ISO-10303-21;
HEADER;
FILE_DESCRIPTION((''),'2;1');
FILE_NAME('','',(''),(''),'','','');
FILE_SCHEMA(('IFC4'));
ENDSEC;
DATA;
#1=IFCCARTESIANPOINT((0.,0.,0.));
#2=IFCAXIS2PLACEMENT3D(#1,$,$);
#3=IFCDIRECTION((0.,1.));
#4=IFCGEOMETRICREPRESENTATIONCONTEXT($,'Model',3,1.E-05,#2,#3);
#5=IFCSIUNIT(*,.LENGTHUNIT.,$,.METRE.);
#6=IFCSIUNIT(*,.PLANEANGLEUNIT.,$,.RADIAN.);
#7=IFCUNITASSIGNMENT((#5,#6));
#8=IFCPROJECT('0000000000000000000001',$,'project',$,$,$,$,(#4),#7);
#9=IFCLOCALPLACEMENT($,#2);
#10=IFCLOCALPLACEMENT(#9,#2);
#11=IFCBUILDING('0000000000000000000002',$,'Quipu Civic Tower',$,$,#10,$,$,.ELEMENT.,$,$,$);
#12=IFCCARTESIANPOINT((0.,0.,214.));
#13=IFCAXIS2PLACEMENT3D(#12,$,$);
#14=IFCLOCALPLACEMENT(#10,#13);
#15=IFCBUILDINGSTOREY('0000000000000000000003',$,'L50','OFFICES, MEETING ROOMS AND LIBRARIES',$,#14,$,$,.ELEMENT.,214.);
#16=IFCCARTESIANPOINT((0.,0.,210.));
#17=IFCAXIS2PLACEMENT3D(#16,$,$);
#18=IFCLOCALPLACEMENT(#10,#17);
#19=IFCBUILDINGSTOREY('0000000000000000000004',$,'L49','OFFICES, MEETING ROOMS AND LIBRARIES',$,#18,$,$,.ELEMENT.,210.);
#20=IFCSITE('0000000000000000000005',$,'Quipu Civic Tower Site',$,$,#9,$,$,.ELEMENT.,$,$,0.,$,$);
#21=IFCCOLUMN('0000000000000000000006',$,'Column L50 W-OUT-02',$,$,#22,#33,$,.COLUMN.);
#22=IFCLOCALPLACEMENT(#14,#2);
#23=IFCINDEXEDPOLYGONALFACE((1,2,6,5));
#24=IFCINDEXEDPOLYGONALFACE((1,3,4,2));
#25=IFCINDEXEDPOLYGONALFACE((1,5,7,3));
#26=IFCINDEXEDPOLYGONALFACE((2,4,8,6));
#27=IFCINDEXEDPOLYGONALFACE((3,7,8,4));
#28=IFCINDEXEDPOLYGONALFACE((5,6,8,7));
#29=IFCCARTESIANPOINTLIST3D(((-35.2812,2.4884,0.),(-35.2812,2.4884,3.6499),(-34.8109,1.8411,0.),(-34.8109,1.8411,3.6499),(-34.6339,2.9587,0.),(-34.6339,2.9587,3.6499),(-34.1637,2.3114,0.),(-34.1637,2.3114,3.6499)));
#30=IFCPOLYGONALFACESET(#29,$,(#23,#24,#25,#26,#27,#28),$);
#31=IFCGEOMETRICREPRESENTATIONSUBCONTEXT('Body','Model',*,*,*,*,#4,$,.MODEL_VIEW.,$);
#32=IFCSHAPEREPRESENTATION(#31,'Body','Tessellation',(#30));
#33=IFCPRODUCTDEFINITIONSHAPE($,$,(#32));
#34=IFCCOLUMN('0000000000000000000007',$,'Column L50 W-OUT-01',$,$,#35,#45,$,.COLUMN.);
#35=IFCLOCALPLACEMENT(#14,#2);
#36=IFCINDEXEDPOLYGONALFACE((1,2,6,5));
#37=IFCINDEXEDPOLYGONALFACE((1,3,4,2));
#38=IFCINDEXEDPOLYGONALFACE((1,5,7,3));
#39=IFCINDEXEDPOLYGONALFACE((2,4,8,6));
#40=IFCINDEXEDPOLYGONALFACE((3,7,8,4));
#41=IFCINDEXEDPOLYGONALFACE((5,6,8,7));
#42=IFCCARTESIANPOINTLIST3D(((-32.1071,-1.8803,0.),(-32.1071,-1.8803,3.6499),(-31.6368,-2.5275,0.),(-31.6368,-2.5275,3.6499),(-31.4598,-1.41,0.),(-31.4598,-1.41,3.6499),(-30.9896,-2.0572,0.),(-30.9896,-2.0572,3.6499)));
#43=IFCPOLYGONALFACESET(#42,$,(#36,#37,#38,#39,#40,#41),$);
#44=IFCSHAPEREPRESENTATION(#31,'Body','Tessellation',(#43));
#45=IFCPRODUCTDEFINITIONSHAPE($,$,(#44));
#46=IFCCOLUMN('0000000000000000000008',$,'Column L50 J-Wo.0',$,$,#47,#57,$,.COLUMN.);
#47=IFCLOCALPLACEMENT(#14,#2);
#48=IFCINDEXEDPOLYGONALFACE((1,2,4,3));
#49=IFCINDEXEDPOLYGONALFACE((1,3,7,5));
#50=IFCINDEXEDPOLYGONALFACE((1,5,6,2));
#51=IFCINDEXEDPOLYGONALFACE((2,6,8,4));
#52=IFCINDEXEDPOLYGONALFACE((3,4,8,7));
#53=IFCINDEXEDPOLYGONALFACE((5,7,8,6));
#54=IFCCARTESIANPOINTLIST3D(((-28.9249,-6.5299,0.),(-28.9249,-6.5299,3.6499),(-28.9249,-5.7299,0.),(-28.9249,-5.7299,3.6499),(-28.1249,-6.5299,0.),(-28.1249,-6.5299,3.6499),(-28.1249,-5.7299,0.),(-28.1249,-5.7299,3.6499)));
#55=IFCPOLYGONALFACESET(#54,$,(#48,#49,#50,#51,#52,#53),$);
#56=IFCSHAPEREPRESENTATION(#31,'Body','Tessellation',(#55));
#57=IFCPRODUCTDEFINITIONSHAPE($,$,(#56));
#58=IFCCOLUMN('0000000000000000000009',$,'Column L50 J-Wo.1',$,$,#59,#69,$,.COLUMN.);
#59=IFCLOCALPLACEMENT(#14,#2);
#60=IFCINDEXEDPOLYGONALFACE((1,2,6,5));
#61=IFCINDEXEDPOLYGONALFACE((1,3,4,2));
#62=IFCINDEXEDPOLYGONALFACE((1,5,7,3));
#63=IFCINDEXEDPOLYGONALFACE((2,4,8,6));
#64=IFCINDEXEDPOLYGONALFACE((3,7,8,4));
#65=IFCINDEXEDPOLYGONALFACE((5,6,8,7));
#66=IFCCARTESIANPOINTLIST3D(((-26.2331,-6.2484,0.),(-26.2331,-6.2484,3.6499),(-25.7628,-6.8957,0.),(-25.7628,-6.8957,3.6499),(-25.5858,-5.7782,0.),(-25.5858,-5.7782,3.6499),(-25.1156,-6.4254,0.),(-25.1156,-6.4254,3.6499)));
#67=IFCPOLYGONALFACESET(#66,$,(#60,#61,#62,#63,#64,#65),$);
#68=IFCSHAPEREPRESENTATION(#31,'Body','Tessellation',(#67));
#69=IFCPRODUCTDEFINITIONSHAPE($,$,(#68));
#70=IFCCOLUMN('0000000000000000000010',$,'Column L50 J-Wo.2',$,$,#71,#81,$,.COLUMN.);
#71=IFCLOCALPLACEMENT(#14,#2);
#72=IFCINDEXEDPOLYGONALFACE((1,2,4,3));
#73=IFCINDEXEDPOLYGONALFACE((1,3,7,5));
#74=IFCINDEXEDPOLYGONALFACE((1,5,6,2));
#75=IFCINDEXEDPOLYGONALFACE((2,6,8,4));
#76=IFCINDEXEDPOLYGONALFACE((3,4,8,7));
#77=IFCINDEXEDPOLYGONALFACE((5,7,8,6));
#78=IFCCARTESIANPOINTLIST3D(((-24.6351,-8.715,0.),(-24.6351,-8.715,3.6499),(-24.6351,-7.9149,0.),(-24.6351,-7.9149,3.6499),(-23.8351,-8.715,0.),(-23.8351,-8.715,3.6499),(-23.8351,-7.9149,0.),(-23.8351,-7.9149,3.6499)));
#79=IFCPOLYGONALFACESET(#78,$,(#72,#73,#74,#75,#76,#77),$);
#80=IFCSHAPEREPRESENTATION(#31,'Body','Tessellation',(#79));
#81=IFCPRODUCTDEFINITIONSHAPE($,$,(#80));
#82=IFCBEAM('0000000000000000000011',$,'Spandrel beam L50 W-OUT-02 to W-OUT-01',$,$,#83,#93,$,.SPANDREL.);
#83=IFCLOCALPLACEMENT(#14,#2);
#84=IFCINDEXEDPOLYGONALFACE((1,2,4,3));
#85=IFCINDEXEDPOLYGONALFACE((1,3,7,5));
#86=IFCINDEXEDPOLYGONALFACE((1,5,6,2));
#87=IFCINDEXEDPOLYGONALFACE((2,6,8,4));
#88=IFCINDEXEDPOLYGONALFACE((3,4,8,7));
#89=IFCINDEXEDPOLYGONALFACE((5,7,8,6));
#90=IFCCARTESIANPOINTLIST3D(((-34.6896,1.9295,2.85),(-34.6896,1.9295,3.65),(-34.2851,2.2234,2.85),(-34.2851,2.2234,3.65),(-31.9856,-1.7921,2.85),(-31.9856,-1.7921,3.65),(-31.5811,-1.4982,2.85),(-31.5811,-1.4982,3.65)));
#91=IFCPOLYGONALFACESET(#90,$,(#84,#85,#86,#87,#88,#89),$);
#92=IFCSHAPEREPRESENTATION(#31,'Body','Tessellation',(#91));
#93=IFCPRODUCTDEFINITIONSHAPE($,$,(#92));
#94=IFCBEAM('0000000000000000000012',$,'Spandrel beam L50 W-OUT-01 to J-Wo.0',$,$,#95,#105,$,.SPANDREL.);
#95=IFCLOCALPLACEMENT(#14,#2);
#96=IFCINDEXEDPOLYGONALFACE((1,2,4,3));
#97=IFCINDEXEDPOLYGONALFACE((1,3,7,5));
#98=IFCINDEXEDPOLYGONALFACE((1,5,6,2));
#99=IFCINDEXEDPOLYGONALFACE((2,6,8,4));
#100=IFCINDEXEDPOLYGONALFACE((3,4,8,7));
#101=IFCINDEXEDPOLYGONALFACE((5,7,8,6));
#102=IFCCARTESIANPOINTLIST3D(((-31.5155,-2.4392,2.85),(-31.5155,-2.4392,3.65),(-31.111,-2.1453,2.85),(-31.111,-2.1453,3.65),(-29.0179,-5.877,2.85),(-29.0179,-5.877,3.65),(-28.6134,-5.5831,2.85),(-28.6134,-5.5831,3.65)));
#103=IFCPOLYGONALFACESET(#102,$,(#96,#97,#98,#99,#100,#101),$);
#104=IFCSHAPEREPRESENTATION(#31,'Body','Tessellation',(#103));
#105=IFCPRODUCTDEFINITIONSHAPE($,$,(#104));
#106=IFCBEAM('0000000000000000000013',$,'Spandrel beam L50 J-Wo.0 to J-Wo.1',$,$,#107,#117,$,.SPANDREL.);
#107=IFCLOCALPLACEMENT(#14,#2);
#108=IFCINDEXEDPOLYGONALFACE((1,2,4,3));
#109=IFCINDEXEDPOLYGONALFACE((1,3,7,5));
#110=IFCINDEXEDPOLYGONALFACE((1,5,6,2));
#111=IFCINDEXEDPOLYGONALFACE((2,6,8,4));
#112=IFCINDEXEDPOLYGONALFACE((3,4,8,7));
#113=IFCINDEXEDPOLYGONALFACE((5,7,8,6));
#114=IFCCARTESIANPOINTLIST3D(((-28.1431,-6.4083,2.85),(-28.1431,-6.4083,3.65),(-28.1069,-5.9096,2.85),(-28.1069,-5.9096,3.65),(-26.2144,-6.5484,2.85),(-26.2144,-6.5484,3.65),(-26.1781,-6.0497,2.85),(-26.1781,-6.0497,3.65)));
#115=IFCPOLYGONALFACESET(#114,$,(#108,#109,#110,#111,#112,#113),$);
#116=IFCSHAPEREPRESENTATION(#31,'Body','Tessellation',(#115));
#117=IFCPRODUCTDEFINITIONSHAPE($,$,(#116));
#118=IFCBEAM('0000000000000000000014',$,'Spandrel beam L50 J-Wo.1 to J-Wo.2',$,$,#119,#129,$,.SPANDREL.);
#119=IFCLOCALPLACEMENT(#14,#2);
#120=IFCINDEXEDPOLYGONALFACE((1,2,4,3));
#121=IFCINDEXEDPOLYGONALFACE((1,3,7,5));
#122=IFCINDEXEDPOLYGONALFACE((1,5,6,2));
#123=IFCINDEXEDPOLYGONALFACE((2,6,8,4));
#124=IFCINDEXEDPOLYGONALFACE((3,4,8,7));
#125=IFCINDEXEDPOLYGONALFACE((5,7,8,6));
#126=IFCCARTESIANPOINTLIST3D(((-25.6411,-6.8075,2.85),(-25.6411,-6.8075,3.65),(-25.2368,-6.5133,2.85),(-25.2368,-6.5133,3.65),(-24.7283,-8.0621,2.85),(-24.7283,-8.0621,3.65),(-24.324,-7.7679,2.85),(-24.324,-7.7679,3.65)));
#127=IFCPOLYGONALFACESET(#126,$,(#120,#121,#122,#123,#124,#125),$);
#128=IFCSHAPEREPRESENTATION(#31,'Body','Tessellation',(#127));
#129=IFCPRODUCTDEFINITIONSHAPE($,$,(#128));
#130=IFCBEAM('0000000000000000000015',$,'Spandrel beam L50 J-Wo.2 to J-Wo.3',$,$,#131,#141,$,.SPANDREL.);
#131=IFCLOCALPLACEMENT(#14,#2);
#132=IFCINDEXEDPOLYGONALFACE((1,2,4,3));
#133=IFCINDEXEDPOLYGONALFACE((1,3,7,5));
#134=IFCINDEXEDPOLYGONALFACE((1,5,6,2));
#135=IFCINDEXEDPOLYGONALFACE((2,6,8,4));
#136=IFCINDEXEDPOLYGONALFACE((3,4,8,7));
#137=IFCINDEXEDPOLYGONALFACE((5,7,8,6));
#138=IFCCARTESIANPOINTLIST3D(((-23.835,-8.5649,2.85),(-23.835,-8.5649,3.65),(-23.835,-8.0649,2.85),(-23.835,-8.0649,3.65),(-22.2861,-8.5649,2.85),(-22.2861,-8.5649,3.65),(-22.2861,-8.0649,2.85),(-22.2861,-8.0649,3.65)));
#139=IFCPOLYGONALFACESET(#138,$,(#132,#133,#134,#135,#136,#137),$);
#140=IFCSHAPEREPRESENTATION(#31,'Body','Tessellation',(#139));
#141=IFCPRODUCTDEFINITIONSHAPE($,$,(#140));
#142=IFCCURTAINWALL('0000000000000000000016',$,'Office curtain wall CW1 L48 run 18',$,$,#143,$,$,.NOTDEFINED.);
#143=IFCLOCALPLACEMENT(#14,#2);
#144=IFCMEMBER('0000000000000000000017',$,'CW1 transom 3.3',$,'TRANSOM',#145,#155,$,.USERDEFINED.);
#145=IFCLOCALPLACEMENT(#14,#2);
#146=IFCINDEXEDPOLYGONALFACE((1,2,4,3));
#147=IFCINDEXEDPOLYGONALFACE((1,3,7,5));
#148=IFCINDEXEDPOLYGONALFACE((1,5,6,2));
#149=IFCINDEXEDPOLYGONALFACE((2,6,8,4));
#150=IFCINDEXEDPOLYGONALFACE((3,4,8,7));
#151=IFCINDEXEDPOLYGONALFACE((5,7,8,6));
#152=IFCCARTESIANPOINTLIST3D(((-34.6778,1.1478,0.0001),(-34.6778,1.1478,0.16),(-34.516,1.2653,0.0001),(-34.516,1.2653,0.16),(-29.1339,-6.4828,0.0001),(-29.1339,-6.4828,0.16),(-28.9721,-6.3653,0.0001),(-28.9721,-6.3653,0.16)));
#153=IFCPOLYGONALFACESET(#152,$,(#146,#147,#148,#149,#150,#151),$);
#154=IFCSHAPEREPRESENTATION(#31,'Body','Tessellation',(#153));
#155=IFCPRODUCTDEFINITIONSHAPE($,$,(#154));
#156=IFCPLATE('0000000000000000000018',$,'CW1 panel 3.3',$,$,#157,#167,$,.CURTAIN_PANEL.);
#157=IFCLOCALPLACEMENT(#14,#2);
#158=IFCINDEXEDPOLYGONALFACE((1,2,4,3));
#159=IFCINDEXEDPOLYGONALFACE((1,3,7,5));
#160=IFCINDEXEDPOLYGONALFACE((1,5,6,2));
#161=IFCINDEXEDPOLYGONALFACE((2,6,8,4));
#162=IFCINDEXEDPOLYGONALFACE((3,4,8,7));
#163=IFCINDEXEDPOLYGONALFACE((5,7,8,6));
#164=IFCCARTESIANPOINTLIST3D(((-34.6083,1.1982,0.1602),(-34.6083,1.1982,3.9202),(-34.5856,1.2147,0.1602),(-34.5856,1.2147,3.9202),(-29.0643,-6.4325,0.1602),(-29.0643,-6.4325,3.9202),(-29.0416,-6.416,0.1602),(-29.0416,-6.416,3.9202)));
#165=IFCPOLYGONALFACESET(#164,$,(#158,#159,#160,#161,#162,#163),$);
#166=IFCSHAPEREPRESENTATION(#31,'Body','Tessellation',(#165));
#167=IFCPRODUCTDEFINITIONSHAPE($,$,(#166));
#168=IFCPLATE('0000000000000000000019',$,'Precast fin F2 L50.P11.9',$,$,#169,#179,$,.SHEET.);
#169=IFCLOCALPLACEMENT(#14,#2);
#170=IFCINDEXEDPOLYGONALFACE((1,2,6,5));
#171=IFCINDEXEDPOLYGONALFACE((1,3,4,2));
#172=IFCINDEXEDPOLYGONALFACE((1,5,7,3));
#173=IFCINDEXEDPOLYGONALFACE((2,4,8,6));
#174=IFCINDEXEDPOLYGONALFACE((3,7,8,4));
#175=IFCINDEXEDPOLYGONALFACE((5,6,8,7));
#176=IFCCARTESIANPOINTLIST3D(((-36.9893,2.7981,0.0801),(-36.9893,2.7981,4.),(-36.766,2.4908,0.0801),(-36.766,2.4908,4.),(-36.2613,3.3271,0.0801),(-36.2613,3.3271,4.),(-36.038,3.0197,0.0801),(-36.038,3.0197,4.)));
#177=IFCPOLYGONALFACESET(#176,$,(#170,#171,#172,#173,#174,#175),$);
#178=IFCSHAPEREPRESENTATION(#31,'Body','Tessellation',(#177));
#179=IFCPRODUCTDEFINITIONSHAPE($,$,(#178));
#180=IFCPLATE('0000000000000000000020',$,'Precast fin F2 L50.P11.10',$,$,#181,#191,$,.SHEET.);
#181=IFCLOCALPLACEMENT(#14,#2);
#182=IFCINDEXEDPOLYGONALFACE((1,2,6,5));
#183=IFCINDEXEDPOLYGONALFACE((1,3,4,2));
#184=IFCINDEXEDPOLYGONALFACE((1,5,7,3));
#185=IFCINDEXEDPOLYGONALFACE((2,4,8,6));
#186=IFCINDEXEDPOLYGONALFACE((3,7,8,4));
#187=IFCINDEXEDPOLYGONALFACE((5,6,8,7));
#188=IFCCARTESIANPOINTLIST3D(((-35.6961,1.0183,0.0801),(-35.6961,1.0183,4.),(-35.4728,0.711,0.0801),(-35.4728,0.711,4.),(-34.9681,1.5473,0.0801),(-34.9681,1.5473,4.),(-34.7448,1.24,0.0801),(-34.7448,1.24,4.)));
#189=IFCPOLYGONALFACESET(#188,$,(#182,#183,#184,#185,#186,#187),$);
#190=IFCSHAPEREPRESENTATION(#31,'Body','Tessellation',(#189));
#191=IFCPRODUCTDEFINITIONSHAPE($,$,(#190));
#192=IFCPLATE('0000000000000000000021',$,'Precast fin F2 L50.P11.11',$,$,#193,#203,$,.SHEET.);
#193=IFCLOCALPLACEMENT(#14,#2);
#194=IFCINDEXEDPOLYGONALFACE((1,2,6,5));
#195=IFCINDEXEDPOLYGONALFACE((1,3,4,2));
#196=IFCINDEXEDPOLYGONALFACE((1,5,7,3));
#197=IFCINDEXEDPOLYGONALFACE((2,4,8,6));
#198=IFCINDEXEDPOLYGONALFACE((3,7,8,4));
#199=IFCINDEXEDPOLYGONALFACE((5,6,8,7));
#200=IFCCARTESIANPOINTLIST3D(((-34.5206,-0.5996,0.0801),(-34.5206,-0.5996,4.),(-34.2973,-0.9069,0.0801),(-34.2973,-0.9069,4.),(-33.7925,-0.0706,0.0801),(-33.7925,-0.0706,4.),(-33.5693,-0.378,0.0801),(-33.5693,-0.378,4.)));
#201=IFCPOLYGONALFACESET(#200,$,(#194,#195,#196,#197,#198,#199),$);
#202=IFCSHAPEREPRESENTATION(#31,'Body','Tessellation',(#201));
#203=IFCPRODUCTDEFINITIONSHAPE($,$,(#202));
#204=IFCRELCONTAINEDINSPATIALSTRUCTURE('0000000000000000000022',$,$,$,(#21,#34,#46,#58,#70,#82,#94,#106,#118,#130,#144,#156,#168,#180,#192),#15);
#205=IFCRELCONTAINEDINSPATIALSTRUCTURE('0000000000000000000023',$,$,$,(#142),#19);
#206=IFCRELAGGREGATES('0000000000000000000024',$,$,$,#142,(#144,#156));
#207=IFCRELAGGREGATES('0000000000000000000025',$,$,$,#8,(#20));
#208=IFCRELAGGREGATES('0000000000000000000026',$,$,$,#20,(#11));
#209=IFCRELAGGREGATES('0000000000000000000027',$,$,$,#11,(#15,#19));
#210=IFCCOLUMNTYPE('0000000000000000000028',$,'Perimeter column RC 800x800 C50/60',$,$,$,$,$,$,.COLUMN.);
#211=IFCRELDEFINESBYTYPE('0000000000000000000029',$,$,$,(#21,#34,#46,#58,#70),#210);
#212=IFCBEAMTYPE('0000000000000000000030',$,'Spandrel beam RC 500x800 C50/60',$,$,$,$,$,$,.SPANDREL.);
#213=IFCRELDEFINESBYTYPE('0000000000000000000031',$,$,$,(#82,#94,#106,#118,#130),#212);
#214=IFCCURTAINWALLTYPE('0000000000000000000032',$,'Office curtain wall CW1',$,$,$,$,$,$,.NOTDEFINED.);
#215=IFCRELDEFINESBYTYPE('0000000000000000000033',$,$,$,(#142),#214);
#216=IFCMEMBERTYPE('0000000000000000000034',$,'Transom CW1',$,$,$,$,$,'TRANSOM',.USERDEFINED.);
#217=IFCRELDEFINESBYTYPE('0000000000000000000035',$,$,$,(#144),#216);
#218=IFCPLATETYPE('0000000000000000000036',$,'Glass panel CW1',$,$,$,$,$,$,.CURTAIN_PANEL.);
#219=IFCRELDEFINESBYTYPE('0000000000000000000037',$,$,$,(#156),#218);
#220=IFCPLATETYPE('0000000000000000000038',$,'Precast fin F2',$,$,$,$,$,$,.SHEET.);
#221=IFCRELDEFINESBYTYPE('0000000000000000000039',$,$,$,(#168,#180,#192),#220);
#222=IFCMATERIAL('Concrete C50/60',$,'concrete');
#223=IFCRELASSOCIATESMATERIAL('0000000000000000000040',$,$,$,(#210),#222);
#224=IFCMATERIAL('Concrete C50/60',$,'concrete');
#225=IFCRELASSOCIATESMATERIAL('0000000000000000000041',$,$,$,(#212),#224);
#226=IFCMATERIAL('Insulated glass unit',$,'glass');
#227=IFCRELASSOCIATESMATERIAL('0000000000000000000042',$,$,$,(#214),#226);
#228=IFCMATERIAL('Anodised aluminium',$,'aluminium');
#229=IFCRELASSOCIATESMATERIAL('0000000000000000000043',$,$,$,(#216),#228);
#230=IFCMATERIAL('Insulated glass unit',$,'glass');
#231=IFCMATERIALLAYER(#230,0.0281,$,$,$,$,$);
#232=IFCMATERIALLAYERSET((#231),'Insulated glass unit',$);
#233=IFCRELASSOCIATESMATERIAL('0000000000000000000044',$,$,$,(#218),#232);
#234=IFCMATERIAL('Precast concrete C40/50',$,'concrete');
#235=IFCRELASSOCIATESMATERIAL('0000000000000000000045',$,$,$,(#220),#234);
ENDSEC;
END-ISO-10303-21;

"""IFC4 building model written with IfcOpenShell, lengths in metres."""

from ifc_helpers import new_model, si_unit, direction, frame, origin, origin_2d, place, context, subcontext, project, spatial, rectangle, extrude, material, layer, layer_set, material_profile, profile_set, type_object, element, aggregate, save


model = new_model("IFC4")

# Units and contexts
model_context = context("Model", 3, precision=1e-05, world=origin(), true_north=direction((0.0, 1.0)))
body_context = subcontext(model_context, "Body", "Model", "MODEL_VIEW")
ifc_project = project(units=[si_unit("LENGTHUNIT", "METRE"), si_unit("PLANEANGLEUNIT", "RADIAN")], contexts=[model_context])

# Site, building, storey
site_placement = place(None, origin())
site = spatial("IfcSite", under=ifc_project, at=site_placement, Name="Quipu Civic Tower Site", CompositionType="ELEMENT", RefElevation=0.0)
building_placement = place(site_placement, origin())
building = spatial("IfcBuilding", under=site, at=building_placement, Name="Quipu Civic Tower", CompositionType="ELEMENT")
storey_1_placement = place(building_placement, frame((0.0, 0.0, 214.0)))
storey_1 = spatial("IfcBuildingStorey", under=building, at=storey_1_placement, Name="L50", Description="OFFICES, MEETING ROOMS AND LIBRARIES", CompositionType="ELEMENT", Elevation=214.0)

# Columns
ifc_material_1 = material(Name="Concrete C50/60", Category="concrete")
ifc_material_profile_1 = material_profile(ifc_material_1, rectangle(XDim=0.8, YDim=0.8, at=origin_2d()), Name="RC800x800")
ifc_profile_set_1 = profile_set([ifc_material_profile_1], Name="Concrete C50/60")
column_type = type_object("IfcColumnType", Name="Perimeter column RC 800x800 C50/60", PredefinedType="COLUMN", material=ifc_profile_set_1)
for number, where, z_axis, x_axis, name in (
    (1, (-34.7224, 2.3999, 0.0), (0.0, 0.0, 1.0), (0.587785, -0.809017, 0.0), "Column L50 W-OUT-02"),
    (2, (-31.5483, -1.9688, 0.0), (0.0, 0.0, 1.0), (0.587785, -0.809017, 0.0), "Column L50 W-OUT-01"),
    (3, (-28.5249, -6.1299, 0.0), (0.0, 0.0, 1.0), (1.0, 0.0, 0.0), "Column L50 J-Wo.0"),
    (4, (-25.6743, -6.3369, 0.0), (0.0, 0.0, 1.0), (0.587785, -0.809017, 0.0), "Column L50 J-Wo.1"),
    (5, (-24.2351, -8.3149, 0.0), (0.0, 0.0, 1.0), (1.0, 0.0, 0.0), "Column L50 J-Wo.2"),
):
    element("IfcColumn", number, at=place(storey_1_placement, frame(where, z_axis=z_axis, x_axis=x_axis)), inside=storey_1, type_object=column_type, Name=name, PredefinedType="COLUMN", context=body_context, shape_type="SweptSolid", body=[
        extrude(rectangle(XDim=0.8, YDim=0.8, at=origin_2d()), origin(), (0.0, 0.0, 1.0), 3.6499),
    ])

# Beams
ifc_material_2 = material(Name="Concrete C50/60", Category="concrete")
ifc_material_profile_2 = material_profile(ifc_material_2, rectangle(XDim=0.5, YDim=0.8, at=origin_2d()), Name="RC500x800")
ifc_profile_set_2 = profile_set([ifc_material_profile_2], Name="Concrete C50/60")
beam_type = type_object("IfcBeamType", Name="Spandrel beam RC 500x800 C50/60", PredefinedType="SPANDREL", material=ifc_profile_set_2)
beam_1_placement = place(storey_1_placement, frame((-34.4873, 2.0764, 3.25), z_axis=(0.587796, -0.809009, 0.0), x_axis=(0.809009, 0.587796, 0.0)))
element("IfcBeam", 6, at=beam_1_placement, inside=storey_1, type_object=beam_type, Name="Spandrel beam L50 W-OUT-02 to W-OUT-01", PredefinedType="SPANDREL", context=body_context, shape_type="SweptSolid", body=[
    extrude(rectangle(XDim=0.5, YDim=0.8, at=origin_2d()), origin(), (0.0, 0.0, 1.0), 4.6001),
])
beam_2_placement = place(storey_1_placement, frame((-31.3132, -2.2922, 3.25), z_axis=(0.587769, -0.809029, 0.0), x_axis=(0.809029, 0.587769, 0.0)))
element("IfcBeam", 7, at=beam_2_placement, inside=storey_1, type_object=beam_type, Name="Spandrel beam L50 W-OUT-01 to J-Wo.0", PredefinedType="SPANDREL", context=body_context, shape_type="SweptSolid", body=[
    extrude(rectangle(XDim=0.5, YDim=0.8, at=origin_2d()), origin(), (0.0, 0.0, 1.0), 4.2493),
])
beam_3_placement = place(storey_1_placement, frame((-28.125, -6.1589, 3.25), z_axis=(0.997371, -0.072467, 0.0), x_axis=(0.072467, 0.997371, 0.0)))
element("IfcBeam", 8, at=beam_3_placement, inside=storey_1, type_object=beam_type, Name="Spandrel beam L50 J-Wo.0 to J-Wo.1", PredefinedType="SPANDREL", context=body_context, shape_type="SweptSolid", body=[
    extrude(rectangle(XDim=0.5, YDim=0.8, at=origin_2d()), origin(), (0.0, 0.0, 1.0), 1.9338),
])
beam_4_placement = place(storey_1_placement, frame((-25.439, -6.6604, 3.25), z_axis=(0.588331, -0.80862, 0.0), x_axis=(0.80862, 0.588331, 0.0)))
element("IfcBeam", 9, at=beam_4_placement, inside=storey_1, type_object=beam_type, Name="Spandrel beam L50 J-Wo.1 to J-Wo.2", PredefinedType="SPANDREL", context=body_context, shape_type="SweptSolid", body=[
    extrude(rectangle(XDim=0.5, YDim=0.8, at=origin_2d()), origin(), (0.0, 0.0, 1.0), 1.5515),
])
beam_5_placement = place(storey_1_placement, frame((-23.835, -8.3149, 3.25), z_axis=(1.0, 0.0, 0.0), x_axis=(0.0, 1.0, 0.0)))
element("IfcBeam", 10, at=beam_5_placement, inside=storey_1, type_object=beam_type, Name="Spandrel beam L50 J-Wo.2 to J-Wo.3", PredefinedType="SPANDREL", context=body_context, shape_type="SweptSolid", body=[
    extrude(rectangle(XDim=0.5, YDim=0.8, at=origin_2d()), origin(), (0.0, 0.0, 1.0), 1.5488),
])

# Shared definitions
storey_2_placement = place(building_placement, frame((0.0, 0.0, 210.0)))
storey_2 = spatial("IfcBuildingStorey", under=building, at=storey_2_placement, Name="L49", Description="OFFICES, MEETING ROOMS AND LIBRARIES", CompositionType="ELEMENT", Elevation=210.0)

# Curtain wall, member, plate
ifc_material_3 = material(Name="Insulated glass unit", Category="glass")
curtain_wall_type = type_object("IfcCurtainWallType", Name="Office curtain wall CW1", PredefinedType="NOTDEFINED", material=ifc_material_3)
curtain_wall_placement = place(storey_2_placement, origin())
curtain_wall = element("IfcCurtainWall", 11, at=curtain_wall_placement, inside=storey_2, type_object=curtain_wall_type, Name="Office curtain wall CW1 L48 run 18", PredefinedType="NOTDEFINED")
ifc_material_4 = material(Name="Anodised aluminium", Category="aluminium")
ifc_material_profile_3 = material_profile(ifc_material_4, rectangle(XDim=0.2, YDim=0.1599, at=origin_2d()), Name="RECT 200x160")
ifc_profile_set_3 = profile_set([ifc_material_profile_3], Name="Anodised aluminium")
member_type = type_object("IfcMemberType", Name="Transom CW1", ElementType="TRANSOM", PredefinedType="USERDEFINED", material=ifc_profile_set_3)
member_placement = place(storey_1_placement, frame((-34.5969, 1.2065, 0.0801), z_axis=(0.587784, -0.809018, 0.0), x_axis=(0.809018, 0.587784, 0.0)))
member = element("IfcMember", 12, at=member_placement, inside=storey_1, type_object=member_type, Name="CW1 transom 3.3", ObjectType="TRANSOM", PredefinedType="USERDEFINED", context=body_context, shape_type="SweptSolid", body=[
    extrude(rectangle(XDim=0.2, YDim=0.1599, at=origin_2d()), origin(), (0.0, 0.0, 1.0), 9.4319),
])
ifc_material_5 = material(Name="Insulated glass unit", Category="glass")
ifc_layer = layer(ifc_material_5, 0.0281)
ifc_layer_set = layer_set([ifc_layer], Name="Insulated glass unit")
plate_type_1 = type_object("IfcPlateType", Name="Glass panel CW1", PredefinedType="CURTAIN_PANEL", material=ifc_layer_set)
plate_placement = place(storey_1_placement, frame((-31.825, -2.6089, 0.1602), z_axis=(0.0, 0.0, 1.0), x_axis=(0.587786, -0.809017, 0.0)))
plate = element("IfcPlate", 13, at=plate_placement, inside=storey_1, type_object=plate_type_1, Name="CW1 panel 3.3", PredefinedType="CURTAIN_PANEL", context=body_context, shape_type="SweptSolid", body=[
    extrude(rectangle(XDim=9.4321, YDim=0.0281, at=origin_2d()), origin(), (0.0, 0.0, 1.0), 3.76),
])
aggregate(curtain_wall, [member, plate])

# Plates
ifc_material_6 = material(Name="Precast concrete C40/50", Category="concrete")
plate_type_2 = type_object("IfcPlateType", Name="Precast fin F2", PredefinedType="SHEET", material=ifc_material_6)
for number, where, z_axis, x_axis, name in (
    (14, (-36.5137, 2.9089, 0.0801), (0.0, 0.0, 1.0), (0.587786, -0.809017, 0.0), "Precast fin F2 L50.P11.9"),
    (15, (-35.2205, 1.1292, 0.0801), (0.0, 0.0, 1.0), (0.587786, -0.809017, 0.0), "Precast fin F2 L50.P11.10"),
    (16, (-34.0449, -0.4888, 0.0801), (0.0, 0.0, 1.0), (0.587786, -0.809017, 0.0), "Precast fin F2 L50.P11.11"),
):
    element("IfcPlate", number, at=place(storey_1_placement, frame(where, z_axis=z_axis, x_axis=x_axis)), inside=storey_1, type_object=plate_type_2, Name=name, PredefinedType="SHEET", context=body_context, shape_type="SweptSolid", body=[
        extrude(rectangle(XDim=0.3799, YDim=0.8999, at=origin_2d()), origin(), (0.0, 0.0, 1.0), 3.9199),
    ])

save(model, "model.ifc")
